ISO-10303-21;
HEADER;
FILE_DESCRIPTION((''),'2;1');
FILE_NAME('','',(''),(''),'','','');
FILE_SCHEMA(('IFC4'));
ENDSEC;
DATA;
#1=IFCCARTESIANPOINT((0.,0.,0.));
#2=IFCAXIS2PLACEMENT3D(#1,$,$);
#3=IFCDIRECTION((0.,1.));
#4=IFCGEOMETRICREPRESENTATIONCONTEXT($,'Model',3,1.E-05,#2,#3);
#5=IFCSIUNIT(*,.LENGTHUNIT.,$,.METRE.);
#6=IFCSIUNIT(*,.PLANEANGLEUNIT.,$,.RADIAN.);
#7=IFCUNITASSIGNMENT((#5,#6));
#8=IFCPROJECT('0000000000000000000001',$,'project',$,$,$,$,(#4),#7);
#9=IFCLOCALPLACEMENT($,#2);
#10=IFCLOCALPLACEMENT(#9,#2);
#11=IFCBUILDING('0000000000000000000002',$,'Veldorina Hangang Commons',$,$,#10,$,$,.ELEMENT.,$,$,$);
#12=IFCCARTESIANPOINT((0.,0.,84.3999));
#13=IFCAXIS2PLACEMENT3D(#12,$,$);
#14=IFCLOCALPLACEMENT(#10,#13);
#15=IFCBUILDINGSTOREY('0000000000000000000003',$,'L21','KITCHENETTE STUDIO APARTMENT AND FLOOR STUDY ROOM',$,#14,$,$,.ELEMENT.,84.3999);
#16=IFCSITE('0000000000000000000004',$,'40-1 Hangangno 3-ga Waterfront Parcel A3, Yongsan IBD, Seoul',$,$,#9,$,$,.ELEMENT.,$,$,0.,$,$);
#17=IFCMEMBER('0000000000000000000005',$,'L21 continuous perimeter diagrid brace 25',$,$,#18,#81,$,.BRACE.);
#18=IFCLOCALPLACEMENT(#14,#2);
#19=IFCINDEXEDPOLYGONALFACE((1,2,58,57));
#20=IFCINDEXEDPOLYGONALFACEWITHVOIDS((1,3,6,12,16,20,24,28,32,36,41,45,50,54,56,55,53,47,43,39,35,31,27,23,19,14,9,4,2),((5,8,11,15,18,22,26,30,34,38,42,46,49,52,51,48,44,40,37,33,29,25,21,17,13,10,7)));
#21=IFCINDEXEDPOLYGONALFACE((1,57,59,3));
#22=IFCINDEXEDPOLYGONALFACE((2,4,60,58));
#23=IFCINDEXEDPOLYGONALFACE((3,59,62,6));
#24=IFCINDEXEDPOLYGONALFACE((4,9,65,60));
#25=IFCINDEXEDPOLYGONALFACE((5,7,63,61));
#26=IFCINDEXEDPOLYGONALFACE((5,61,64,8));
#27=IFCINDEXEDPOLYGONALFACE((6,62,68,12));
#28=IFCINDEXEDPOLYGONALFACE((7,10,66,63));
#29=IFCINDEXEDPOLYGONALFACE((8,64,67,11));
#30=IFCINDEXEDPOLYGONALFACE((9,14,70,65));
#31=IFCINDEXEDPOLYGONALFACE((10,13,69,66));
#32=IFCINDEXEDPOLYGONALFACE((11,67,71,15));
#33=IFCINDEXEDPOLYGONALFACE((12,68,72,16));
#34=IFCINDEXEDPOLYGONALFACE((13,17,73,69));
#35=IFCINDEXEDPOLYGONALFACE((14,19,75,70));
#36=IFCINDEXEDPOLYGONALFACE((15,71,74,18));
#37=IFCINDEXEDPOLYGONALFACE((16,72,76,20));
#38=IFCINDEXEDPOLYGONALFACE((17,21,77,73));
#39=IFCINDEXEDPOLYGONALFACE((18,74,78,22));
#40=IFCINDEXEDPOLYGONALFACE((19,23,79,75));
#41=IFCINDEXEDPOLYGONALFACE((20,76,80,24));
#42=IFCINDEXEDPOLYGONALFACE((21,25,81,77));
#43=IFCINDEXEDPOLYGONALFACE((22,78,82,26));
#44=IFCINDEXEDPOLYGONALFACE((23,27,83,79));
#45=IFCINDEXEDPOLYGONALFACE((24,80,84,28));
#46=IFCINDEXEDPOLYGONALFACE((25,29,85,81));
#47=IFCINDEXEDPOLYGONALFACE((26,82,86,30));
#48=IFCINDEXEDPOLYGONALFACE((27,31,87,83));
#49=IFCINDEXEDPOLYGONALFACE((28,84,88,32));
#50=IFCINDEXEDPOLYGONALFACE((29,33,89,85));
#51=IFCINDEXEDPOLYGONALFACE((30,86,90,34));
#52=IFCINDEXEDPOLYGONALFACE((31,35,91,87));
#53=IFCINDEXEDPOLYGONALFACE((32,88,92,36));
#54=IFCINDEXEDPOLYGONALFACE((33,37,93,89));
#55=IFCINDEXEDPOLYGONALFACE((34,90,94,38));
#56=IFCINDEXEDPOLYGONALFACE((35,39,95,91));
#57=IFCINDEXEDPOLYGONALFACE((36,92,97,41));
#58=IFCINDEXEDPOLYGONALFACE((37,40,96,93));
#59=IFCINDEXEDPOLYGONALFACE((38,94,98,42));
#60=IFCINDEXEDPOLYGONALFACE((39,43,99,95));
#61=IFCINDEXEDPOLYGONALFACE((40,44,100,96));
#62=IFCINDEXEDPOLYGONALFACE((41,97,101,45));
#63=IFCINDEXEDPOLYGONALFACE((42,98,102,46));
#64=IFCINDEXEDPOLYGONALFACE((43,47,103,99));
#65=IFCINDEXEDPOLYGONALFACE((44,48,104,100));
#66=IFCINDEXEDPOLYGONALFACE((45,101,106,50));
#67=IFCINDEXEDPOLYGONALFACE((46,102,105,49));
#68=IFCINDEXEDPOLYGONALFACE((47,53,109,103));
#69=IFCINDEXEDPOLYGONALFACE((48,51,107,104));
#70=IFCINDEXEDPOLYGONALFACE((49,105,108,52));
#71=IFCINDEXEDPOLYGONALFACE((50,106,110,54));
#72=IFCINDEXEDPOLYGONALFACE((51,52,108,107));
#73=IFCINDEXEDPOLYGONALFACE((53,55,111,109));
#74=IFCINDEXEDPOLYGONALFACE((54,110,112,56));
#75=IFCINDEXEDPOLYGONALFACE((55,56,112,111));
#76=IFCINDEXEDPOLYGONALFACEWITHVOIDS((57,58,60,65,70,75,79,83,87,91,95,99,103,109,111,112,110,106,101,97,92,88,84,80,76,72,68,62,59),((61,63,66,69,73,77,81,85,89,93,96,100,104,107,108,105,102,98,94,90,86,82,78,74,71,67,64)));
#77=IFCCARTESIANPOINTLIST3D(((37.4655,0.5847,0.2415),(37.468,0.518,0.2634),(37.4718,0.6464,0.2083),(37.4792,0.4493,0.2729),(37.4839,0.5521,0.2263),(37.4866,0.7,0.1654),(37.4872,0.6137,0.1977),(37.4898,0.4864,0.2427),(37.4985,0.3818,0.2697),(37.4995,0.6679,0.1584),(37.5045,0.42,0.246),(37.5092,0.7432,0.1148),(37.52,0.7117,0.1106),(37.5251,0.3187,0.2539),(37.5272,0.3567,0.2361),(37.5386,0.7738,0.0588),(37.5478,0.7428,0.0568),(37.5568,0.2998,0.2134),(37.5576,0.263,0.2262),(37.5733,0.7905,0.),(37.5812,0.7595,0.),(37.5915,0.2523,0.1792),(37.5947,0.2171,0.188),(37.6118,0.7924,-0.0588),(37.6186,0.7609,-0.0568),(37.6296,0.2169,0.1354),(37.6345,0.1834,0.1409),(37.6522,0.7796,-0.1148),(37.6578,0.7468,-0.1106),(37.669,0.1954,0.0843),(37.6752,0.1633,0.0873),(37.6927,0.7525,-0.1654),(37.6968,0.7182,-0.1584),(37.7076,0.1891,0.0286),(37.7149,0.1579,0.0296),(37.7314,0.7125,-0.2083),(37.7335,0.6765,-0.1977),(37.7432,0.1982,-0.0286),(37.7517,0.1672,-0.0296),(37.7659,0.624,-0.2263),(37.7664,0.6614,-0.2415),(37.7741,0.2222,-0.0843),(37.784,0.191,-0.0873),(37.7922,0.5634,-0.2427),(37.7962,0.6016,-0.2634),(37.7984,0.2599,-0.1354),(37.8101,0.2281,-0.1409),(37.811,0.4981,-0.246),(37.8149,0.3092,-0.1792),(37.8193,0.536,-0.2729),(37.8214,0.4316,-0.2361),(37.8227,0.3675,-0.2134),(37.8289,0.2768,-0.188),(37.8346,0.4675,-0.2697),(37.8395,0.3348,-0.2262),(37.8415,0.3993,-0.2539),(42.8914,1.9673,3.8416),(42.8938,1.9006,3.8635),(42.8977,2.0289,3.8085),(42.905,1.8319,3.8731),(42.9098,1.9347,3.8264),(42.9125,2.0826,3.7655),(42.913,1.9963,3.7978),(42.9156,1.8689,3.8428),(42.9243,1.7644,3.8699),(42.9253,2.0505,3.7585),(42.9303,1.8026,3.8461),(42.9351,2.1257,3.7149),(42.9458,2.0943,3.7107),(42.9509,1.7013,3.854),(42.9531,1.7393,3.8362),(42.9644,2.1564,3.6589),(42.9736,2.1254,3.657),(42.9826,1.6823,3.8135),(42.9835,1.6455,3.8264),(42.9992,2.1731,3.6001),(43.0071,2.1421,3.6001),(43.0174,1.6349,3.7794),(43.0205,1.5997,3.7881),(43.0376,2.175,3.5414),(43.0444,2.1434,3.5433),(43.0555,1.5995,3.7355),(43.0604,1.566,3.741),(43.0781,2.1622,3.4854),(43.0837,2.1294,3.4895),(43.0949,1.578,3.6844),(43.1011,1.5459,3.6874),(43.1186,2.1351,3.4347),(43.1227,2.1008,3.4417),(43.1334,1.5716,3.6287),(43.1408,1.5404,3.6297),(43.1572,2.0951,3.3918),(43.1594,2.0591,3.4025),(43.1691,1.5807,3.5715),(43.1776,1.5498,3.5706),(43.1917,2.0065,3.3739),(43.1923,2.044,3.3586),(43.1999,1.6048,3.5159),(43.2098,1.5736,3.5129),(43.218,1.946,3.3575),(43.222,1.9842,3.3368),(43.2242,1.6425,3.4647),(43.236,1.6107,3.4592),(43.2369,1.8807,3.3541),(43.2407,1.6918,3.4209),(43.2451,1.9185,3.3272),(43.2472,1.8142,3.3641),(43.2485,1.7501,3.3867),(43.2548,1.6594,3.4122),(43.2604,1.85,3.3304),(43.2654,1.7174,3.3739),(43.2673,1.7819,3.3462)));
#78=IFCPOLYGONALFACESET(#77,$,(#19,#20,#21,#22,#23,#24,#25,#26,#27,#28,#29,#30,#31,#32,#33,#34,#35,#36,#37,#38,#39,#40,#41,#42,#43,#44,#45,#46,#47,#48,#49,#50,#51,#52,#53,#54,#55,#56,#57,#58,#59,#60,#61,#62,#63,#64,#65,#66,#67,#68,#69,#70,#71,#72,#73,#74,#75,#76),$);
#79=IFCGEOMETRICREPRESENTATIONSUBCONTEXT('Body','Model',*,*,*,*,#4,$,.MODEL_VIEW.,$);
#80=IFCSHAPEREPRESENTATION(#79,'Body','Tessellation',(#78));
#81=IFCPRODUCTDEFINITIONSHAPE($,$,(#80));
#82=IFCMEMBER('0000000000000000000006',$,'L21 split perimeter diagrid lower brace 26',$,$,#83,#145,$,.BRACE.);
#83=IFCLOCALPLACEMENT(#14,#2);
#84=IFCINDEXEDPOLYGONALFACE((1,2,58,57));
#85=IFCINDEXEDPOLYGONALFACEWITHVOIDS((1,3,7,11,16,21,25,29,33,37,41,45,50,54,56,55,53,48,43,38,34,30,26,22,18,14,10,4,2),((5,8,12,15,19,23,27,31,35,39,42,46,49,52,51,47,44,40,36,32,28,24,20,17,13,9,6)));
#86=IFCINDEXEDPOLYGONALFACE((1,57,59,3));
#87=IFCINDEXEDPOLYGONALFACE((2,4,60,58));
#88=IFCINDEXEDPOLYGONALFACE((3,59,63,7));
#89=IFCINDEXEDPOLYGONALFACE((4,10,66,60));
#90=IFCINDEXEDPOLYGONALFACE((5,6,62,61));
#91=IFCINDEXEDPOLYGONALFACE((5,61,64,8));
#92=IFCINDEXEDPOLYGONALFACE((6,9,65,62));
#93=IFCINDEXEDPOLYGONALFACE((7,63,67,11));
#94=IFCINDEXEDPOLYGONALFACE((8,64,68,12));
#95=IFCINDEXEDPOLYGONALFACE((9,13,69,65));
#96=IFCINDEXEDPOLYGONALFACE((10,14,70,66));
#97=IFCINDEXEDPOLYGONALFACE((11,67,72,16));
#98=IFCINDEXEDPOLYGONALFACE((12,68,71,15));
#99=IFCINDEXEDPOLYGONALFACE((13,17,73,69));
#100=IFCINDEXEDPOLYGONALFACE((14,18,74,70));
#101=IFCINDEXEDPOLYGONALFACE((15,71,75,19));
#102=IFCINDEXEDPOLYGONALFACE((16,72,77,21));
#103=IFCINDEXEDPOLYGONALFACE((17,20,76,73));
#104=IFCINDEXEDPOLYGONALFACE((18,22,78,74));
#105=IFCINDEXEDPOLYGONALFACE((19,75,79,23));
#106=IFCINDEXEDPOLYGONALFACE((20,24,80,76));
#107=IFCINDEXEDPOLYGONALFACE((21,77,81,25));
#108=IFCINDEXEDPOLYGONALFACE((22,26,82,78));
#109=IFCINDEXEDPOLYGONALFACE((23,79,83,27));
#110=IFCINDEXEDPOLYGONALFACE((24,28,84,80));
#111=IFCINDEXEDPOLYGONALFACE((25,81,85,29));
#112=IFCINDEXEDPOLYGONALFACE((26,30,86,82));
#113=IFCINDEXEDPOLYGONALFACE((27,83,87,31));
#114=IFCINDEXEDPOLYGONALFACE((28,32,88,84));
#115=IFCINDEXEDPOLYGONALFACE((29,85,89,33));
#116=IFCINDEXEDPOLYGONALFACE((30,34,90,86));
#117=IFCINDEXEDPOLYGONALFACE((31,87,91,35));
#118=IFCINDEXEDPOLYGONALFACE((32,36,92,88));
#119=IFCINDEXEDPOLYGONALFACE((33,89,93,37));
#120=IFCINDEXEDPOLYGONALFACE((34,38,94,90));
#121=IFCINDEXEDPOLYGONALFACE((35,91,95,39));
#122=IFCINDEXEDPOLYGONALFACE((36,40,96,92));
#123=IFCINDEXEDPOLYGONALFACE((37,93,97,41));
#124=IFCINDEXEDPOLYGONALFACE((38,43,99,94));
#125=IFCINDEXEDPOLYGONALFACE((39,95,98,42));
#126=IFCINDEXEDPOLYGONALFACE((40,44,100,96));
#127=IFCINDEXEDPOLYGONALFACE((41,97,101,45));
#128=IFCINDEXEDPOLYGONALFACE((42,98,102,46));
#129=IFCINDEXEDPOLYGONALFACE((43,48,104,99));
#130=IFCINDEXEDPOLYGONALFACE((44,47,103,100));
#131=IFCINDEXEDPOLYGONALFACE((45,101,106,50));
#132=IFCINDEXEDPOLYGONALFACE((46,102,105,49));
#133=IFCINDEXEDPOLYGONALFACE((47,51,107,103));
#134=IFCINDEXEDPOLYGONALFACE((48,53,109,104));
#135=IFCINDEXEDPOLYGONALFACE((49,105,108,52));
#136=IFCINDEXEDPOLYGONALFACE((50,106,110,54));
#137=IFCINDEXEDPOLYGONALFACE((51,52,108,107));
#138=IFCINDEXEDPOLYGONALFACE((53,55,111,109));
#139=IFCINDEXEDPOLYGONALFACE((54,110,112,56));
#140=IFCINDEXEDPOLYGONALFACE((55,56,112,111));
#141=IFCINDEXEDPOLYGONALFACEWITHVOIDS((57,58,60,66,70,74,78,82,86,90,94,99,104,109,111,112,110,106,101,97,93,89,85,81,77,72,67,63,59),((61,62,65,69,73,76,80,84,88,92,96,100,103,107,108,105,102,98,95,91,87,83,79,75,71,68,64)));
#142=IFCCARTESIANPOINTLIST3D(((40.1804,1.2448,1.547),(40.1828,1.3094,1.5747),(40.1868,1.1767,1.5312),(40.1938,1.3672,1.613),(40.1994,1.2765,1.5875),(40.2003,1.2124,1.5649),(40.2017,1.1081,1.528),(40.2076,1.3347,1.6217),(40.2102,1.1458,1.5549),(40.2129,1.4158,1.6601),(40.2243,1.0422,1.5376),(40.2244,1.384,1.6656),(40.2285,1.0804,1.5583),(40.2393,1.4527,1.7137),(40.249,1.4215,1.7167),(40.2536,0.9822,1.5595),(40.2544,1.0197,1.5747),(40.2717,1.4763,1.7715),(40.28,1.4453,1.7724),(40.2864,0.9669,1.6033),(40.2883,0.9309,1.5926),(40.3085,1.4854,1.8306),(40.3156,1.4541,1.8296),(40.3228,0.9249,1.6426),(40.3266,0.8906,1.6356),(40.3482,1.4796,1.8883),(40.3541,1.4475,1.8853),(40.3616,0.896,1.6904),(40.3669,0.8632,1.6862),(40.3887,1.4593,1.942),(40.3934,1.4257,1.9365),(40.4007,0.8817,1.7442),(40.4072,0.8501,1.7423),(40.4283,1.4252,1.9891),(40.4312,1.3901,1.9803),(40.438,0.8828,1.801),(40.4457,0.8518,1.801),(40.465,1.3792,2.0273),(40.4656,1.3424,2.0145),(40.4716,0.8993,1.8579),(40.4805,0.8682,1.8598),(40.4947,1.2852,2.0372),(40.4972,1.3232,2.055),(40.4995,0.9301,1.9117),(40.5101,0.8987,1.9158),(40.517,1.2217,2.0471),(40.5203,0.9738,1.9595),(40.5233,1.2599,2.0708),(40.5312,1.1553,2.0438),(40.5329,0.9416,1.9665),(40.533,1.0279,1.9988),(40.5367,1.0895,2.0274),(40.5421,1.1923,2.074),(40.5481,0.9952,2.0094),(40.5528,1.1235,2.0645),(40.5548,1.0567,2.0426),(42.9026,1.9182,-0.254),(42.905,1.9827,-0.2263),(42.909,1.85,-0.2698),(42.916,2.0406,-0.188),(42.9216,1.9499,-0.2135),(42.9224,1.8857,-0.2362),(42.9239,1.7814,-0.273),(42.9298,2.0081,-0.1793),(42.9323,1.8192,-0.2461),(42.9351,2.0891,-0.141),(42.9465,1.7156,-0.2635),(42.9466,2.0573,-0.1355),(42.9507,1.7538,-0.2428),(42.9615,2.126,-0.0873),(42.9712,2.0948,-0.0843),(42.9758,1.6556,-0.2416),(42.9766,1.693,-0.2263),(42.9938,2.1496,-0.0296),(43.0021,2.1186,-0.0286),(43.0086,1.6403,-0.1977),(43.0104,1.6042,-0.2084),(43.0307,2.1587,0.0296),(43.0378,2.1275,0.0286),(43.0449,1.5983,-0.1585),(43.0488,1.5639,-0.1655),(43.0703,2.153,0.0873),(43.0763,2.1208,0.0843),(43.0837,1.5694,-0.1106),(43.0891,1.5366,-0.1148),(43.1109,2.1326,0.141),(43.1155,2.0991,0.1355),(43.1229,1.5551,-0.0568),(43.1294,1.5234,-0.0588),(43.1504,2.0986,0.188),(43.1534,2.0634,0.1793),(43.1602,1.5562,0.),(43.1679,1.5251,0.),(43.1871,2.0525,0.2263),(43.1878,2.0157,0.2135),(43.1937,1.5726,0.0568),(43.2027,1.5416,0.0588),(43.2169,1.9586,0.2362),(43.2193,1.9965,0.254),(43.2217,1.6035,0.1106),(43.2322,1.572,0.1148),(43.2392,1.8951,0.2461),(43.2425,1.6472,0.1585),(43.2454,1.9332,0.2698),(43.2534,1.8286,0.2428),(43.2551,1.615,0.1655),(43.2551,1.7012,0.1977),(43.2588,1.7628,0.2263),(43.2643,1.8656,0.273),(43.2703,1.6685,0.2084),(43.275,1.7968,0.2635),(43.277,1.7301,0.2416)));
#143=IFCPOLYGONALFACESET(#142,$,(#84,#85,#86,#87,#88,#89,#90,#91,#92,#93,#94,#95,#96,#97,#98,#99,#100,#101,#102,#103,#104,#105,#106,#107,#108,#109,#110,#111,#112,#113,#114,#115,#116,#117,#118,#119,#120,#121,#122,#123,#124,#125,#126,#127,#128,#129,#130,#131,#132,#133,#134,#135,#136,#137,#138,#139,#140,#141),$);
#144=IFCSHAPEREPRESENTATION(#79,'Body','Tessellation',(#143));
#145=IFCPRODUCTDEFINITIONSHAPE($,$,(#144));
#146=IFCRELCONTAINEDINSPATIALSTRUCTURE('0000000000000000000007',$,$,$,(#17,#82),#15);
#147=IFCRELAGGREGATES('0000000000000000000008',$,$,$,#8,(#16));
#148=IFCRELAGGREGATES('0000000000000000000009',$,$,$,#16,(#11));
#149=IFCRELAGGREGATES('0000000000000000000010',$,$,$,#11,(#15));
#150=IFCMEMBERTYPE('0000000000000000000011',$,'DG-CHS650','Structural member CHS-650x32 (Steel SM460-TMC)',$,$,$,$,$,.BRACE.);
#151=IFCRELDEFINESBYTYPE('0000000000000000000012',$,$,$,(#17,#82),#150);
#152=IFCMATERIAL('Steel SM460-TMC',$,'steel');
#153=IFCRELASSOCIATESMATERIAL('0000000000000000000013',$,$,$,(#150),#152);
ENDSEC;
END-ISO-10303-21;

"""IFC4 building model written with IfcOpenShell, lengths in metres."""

from ifc_helpers import new_model, si_unit, direction, frame, origin, origin_2d, place, context, subcontext, project, spatial, hollow_circle, extrude, material, material_profile, profile_set, type_object, element, save


model = new_model("IFC4")

# Units and contexts
model_context = context("Model", 3, precision=1e-05, world=origin(), true_north=direction((0.0, 1.0)))
body_context = subcontext(model_context, "Body", "Model", "MODEL_VIEW")
ifc_project = project(units=[si_unit("LENGTHUNIT", "METRE"), si_unit("PLANEANGLEUNIT", "RADIAN")], contexts=[model_context])

# Site, building, storey
site_placement = place(None, origin())
site = spatial("IfcSite", under=ifc_project, at=site_placement, Name="40-1 Hangangno 3-ga Waterfront Parcel A3, Yongsan IBD, Seoul", CompositionType="ELEMENT", RefElevation=0.0)
building_placement = place(site_placement, origin())
building = spatial("IfcBuilding", under=site, at=building_placement, Name="Veldorina Hangang Commons", CompositionType="ELEMENT")
storey_placement = place(building_placement, frame((0.0, 0.0, 84.3999)))
storey = spatial("IfcBuildingStorey", under=building, at=storey_placement, Name="L21", Description="KITCHENETTE STUDIO APARTMENT AND FLOOR STUDY ROOM", CompositionType="ELEMENT", Elevation=84.3999)

# Members
ifc_material_1 = material(Name="Steel SM460-TMC", Category="steel")
ifc_material_profile_1 = material_profile(ifc_material_1, hollow_circle(Radius=0.325, WallThickness=0.032, at=origin_2d()), Name="CHS-650x32")
ifc_profile_set_1 = profile_set([ifc_material_profile_1], Name="Steel SM460-TMC")
member_type_1 = type_object("IfcMemberType", Name="DG-CHS650", Description="Structural member CHS-650x32 (Steel SM460-TMC)", PredefinedType="BRACE", material=ifc_profile_set_1)
member_1_placement = place(storey_placement, frame((37.6536, 0.4756, 0.0), z_axis=(0.815089, 0.207697, 0.540825), x_axis=(-0.246924, 0.969035, 0.0)))
element("IfcMember", 1, at=member_1_placement, inside=storey, type_object=member_type_1, Name="L21 continuous perimeter diagrid brace 25", PredefinedType="BRACE", context=body_context, shape_type="SweptSolid", body=[
    extrude(hollow_circle(Radius=0.325, WallThickness=0.032, at=origin_2d()), origin(), (0.0, 0.0, 1.0), 6.6567),
])
member_2_placement = place(storey_placement, frame((43.0898, 1.8406, 0.0), z_axis=(-0.816791, -0.202037, 0.540401), x_axis=(0.240118, -0.970744, 0.0)))
element("IfcMember", 2, at=member_2_placement, inside=storey, type_object=member_type_1, Name="L21 split perimeter diagrid lower brace 26", PredefinedType="BRACE", context=body_context, shape_type="SweptSolid", body=[
    extrude(hollow_circle(Radius=0.325, WallThickness=0.032, at=origin_2d()), origin(), (0.0, 0.0, 1.0), 3.3328),
])

save(model, "model.ifc")
